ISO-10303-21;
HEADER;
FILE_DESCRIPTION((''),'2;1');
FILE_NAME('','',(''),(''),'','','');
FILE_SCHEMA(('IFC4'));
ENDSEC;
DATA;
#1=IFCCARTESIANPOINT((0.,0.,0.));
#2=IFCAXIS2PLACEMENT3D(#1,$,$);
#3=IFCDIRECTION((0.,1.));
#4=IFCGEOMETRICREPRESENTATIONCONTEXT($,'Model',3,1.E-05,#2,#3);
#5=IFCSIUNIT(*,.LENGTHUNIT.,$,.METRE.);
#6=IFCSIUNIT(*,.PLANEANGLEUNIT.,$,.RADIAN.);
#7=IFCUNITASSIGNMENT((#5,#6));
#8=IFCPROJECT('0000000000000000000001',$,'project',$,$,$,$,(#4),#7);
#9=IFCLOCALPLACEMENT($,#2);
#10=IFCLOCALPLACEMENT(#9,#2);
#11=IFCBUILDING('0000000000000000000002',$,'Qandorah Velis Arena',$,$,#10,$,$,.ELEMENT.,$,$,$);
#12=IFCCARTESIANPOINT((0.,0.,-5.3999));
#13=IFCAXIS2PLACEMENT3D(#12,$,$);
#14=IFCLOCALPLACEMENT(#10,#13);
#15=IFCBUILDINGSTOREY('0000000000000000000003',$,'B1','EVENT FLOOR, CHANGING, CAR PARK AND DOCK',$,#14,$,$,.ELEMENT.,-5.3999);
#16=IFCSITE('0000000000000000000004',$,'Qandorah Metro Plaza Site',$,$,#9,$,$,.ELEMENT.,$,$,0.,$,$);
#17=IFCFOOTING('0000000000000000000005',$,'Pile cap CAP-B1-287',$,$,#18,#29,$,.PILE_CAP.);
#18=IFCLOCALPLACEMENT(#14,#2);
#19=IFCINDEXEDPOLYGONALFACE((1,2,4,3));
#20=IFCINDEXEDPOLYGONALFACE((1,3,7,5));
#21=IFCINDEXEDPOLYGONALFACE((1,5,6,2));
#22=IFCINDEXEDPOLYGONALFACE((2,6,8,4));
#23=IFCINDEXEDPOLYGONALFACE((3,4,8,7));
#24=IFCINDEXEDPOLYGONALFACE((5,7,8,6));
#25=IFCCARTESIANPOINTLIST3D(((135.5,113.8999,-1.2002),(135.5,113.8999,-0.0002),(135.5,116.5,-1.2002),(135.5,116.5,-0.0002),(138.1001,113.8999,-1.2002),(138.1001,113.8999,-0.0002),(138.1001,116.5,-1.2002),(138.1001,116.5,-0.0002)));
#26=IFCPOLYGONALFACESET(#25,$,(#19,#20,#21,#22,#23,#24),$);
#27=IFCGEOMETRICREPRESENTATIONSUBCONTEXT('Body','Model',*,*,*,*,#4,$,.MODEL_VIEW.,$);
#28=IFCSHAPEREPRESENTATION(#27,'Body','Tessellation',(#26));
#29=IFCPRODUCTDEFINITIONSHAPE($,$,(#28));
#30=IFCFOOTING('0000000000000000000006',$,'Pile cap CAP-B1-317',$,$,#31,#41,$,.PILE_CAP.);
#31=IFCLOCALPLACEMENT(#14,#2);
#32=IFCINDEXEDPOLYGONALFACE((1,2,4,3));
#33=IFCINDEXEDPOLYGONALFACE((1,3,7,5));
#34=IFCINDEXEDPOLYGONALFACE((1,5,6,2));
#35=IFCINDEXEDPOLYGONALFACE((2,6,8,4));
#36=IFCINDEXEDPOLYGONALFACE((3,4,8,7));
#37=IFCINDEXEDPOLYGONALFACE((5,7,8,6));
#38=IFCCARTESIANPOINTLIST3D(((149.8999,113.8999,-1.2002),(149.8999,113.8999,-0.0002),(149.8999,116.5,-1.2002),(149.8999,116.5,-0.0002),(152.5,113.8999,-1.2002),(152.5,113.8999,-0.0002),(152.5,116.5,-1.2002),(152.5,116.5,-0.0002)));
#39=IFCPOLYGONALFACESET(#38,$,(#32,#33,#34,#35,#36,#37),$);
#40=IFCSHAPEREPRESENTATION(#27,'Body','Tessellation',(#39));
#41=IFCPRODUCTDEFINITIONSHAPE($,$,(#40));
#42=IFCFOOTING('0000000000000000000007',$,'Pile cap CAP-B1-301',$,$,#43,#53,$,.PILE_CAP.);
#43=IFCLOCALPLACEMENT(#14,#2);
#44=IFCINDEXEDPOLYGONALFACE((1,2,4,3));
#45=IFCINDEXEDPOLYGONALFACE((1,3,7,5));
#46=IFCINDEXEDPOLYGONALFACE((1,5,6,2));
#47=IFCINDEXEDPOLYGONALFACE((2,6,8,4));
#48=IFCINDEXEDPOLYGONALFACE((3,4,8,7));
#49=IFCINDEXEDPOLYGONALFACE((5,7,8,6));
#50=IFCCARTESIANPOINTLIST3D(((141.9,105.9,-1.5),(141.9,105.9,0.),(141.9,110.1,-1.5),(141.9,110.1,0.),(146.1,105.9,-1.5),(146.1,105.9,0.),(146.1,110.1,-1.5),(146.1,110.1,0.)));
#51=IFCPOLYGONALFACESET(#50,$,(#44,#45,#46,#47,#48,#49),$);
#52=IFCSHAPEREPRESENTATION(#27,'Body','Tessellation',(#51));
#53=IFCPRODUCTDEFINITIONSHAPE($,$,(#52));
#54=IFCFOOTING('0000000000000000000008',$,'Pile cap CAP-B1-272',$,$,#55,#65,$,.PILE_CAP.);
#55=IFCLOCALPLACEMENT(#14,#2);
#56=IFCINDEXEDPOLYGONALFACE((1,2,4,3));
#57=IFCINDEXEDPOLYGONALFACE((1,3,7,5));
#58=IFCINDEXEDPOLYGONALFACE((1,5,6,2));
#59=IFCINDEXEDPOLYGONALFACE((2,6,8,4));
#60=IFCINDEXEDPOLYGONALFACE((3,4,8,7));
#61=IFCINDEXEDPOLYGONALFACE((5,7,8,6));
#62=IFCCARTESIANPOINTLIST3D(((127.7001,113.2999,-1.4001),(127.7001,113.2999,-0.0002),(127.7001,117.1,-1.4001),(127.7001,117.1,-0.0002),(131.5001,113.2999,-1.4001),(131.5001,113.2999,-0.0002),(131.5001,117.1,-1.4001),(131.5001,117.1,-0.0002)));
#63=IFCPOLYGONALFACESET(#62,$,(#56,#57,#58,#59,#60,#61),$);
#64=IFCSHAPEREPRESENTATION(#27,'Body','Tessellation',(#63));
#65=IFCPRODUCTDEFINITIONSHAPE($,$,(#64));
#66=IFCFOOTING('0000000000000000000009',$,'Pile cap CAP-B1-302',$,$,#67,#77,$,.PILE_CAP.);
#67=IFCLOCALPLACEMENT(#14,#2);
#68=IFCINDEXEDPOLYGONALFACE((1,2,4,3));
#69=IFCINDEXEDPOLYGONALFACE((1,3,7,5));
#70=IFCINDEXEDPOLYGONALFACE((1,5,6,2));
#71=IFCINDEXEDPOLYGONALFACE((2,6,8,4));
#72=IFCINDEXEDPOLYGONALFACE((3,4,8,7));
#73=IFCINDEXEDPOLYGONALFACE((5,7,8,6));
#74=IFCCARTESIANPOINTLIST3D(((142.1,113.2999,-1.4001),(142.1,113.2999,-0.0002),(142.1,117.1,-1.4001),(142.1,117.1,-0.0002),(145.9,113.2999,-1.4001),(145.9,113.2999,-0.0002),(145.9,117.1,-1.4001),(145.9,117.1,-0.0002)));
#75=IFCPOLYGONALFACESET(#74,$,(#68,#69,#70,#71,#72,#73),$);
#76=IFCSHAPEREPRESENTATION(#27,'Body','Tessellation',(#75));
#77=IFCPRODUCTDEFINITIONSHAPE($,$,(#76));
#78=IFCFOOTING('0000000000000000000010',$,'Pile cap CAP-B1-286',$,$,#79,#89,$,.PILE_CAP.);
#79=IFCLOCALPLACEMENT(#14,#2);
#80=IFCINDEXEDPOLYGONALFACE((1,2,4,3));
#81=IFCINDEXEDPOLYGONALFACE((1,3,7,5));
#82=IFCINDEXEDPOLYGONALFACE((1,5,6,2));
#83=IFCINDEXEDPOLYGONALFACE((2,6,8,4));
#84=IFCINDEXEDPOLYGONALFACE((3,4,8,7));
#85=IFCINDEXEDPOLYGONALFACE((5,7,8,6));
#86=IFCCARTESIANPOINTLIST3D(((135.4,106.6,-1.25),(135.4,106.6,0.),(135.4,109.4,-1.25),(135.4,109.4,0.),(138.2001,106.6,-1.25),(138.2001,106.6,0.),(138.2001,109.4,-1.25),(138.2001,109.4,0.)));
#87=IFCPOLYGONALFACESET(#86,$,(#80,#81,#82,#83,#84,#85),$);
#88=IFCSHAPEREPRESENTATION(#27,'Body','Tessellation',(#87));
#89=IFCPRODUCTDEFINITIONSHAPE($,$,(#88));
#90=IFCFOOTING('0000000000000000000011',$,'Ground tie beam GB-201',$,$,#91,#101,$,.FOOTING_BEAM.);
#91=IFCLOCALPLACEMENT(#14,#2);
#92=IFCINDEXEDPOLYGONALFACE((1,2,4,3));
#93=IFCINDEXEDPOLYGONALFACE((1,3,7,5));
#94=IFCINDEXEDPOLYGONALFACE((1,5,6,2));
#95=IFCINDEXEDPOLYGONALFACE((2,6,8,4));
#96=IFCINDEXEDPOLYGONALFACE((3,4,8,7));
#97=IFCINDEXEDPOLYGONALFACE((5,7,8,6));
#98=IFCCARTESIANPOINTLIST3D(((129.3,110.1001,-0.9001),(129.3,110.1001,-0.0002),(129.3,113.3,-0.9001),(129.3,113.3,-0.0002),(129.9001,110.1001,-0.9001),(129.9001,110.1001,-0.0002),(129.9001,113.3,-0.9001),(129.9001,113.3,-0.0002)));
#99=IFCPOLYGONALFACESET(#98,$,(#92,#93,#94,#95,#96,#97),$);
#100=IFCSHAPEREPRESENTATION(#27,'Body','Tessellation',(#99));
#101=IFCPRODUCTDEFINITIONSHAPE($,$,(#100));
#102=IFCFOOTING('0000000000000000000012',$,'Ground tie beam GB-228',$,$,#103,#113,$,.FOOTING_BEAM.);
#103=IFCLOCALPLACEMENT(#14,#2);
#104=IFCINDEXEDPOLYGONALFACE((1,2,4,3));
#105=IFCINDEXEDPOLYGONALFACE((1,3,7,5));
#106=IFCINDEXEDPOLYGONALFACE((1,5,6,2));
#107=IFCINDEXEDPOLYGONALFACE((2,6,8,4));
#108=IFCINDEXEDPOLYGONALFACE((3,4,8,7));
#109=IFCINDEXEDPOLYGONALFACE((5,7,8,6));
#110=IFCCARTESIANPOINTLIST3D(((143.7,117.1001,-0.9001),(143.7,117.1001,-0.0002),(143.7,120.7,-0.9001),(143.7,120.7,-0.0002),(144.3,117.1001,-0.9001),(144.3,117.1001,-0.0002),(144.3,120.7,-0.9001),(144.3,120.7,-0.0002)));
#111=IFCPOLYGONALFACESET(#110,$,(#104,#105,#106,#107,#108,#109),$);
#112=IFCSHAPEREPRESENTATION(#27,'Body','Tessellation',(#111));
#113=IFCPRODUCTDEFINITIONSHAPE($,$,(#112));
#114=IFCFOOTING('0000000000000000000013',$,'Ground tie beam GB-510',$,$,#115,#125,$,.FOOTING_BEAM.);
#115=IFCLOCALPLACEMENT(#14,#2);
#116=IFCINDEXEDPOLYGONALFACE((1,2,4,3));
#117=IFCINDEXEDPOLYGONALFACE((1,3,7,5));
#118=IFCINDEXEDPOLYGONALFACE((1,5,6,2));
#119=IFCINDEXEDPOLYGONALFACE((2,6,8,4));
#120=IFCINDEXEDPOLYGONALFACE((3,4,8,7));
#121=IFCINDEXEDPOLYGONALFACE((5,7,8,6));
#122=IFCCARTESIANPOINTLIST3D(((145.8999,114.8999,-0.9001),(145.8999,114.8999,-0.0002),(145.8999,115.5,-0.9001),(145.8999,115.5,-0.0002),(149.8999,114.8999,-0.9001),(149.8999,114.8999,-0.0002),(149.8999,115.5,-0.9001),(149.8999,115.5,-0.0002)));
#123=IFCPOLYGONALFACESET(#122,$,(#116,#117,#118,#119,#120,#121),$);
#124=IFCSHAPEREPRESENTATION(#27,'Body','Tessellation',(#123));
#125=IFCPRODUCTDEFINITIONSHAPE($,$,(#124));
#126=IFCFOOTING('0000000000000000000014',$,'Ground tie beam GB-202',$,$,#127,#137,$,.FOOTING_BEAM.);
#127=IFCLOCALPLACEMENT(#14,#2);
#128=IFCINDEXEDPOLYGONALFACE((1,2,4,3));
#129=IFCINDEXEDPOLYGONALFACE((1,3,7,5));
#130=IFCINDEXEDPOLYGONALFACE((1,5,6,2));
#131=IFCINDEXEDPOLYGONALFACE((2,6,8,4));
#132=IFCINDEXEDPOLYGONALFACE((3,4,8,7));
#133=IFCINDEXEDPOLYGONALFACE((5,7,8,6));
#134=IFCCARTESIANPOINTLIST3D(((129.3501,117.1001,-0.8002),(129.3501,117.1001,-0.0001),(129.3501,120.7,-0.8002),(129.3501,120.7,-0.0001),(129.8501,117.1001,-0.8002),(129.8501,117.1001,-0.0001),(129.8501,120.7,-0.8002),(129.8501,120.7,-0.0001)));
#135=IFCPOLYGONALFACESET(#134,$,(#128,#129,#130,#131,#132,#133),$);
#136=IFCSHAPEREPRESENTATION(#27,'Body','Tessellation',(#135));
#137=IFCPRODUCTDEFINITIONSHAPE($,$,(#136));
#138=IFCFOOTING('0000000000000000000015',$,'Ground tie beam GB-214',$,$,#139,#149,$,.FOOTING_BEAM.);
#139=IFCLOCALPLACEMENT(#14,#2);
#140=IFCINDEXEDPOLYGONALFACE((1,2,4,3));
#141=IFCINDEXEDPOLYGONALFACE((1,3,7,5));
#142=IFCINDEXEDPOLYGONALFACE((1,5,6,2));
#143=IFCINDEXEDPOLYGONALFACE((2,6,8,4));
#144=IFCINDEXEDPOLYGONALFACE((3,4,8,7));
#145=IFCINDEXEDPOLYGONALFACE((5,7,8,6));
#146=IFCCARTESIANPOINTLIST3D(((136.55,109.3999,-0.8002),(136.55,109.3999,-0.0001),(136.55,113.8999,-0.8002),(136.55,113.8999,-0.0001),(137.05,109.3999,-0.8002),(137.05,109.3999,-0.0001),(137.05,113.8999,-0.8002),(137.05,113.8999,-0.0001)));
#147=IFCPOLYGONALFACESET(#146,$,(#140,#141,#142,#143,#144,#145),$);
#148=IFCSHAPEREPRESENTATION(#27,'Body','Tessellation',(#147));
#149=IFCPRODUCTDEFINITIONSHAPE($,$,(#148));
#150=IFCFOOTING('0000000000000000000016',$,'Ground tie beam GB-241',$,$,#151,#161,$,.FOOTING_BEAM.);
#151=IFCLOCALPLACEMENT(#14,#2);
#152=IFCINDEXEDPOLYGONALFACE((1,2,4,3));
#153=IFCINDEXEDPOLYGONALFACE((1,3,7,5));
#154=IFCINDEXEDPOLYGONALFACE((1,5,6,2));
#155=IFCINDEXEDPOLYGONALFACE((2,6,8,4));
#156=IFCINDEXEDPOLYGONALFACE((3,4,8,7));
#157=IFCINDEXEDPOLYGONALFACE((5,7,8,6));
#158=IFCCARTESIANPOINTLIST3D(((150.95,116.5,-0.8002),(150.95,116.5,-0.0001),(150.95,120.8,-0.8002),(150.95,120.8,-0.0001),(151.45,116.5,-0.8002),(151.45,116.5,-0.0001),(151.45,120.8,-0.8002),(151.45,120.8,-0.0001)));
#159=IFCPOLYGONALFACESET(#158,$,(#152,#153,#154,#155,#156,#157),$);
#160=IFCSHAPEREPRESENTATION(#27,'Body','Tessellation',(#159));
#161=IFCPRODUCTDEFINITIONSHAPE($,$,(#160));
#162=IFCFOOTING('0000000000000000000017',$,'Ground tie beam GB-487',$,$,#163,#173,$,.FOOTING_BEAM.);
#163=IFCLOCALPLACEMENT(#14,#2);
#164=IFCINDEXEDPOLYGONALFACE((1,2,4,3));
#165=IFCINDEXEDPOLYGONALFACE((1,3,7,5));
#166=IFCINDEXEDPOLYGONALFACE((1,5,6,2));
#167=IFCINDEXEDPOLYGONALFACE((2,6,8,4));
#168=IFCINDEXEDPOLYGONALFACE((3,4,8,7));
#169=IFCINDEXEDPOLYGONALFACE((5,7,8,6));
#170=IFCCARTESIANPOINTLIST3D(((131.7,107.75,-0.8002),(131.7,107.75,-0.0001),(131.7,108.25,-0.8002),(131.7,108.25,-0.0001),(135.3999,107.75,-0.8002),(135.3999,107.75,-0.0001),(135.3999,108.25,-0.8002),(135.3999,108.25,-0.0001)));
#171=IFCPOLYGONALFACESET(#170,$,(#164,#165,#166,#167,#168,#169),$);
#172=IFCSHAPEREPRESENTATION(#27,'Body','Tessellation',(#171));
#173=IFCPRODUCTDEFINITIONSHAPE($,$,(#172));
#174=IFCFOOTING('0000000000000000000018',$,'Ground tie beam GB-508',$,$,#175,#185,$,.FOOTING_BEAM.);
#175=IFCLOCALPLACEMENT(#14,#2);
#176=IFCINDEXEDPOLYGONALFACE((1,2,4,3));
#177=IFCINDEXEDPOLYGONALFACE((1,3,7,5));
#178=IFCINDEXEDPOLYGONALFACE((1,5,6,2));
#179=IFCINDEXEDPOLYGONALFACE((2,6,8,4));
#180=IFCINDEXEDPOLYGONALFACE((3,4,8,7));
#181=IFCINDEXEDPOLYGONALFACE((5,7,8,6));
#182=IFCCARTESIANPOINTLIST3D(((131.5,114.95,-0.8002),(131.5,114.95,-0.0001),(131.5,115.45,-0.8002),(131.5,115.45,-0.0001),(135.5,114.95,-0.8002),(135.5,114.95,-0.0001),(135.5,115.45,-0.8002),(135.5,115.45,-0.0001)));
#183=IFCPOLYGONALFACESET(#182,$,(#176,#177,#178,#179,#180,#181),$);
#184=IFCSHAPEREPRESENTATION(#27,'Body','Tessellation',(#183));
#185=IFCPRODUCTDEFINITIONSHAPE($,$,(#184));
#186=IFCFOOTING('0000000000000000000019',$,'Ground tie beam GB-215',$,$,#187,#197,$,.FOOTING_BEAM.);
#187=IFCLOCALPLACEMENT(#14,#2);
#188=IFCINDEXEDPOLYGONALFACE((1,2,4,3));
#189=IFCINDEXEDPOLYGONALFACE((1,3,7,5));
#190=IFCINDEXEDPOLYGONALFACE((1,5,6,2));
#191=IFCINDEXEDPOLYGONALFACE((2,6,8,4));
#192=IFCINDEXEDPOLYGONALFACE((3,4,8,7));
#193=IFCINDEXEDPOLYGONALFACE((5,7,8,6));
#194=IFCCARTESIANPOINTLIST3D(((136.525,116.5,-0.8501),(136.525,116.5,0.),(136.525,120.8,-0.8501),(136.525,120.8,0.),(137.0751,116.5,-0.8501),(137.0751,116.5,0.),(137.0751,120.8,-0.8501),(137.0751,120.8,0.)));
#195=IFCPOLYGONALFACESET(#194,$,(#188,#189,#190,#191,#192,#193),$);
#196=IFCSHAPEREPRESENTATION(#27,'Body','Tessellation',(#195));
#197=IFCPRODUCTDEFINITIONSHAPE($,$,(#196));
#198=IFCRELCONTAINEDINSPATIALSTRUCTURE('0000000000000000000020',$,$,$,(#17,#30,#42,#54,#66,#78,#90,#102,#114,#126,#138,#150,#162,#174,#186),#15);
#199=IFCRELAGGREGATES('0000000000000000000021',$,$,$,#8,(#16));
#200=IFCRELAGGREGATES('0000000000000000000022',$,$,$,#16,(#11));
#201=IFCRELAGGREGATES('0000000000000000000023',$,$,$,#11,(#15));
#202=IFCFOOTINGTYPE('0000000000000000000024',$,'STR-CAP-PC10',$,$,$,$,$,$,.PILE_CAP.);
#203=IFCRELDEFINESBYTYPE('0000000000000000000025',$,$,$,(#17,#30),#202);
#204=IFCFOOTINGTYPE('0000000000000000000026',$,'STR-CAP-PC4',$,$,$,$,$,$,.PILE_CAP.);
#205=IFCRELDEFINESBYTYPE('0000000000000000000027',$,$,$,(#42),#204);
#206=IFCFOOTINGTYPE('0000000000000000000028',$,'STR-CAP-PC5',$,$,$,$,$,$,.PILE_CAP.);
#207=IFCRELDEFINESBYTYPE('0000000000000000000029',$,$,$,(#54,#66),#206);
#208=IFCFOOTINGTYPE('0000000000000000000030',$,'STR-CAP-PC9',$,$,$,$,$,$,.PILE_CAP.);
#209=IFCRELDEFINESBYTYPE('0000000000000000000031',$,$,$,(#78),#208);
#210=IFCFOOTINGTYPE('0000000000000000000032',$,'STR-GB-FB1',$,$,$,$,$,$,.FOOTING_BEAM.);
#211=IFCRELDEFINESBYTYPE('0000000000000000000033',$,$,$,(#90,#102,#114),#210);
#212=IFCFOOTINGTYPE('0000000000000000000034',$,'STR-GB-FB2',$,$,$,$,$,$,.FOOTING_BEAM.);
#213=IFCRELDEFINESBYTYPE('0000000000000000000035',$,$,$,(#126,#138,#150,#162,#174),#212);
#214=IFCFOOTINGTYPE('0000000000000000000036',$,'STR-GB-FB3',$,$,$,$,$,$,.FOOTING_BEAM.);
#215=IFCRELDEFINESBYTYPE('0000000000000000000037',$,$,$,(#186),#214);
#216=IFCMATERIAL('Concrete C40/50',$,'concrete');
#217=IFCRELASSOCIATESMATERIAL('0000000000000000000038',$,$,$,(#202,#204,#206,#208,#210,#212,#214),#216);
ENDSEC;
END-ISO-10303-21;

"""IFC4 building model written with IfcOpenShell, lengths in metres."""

from ifc_helpers import new_model, si_unit, direction, frame, origin, origin_2d, place, context, subcontext, project, spatial, rectangle, extrude, material, material_profile, profile_set, type_object, element, save


model = new_model("IFC4")

# Units and contexts
model_context = context("Model", 3, precision=1e-05, world=origin(), true_north=direction((0.0, 1.0)))
body_context = subcontext(model_context, "Body", "Model", "MODEL_VIEW")
ifc_project = project(units=[si_unit("LENGTHUNIT", "METRE"), si_unit("PLANEANGLEUNIT", "RADIAN")], contexts=[model_context])

# Site, building, storey
site_placement = place(None, origin())
site = spatial("IfcSite", under=ifc_project, at=site_placement, Name="Qandorah Metro Plaza Site", CompositionType="ELEMENT", RefElevation=0.0)
building_placement = place(site_placement, origin())
building = spatial("IfcBuilding", under=site, at=building_placement, Name="Qandorah Velis Arena", CompositionType="ELEMENT")
storey_placement = place(building_placement, frame((0.0, 0.0, -5.3999)))
storey = spatial("IfcBuildingStorey", under=building, at=storey_placement, Name="B1", Description="EVENT FLOOR, CHANGING, CAR PARK AND DOCK", CompositionType="ELEMENT", Elevation=-5.3999)

# Footings
ifc_material_1 = material(Name="Concrete C40/50", Category="concrete")
footing_type_1 = type_object("IfcFootingType", Name="STR-CAP-PC10", PredefinedType="PILE_CAP", material=ifc_material_1)
for number, where, z_axis, x_axis, name in (
    (1, (136.8, 115.2, -1.2002), (0.0, 0.0, 1.0), (1.0, 0.0, 0.0), "Pile cap CAP-B1-287"),
    (2, (151.2, 115.2, -1.2002), (0.0, 0.0, 1.0), (1.0, 0.0, 0.0), "Pile cap CAP-B1-317"),
):
    element("IfcFooting", number, at=place(storey_placement, frame(where, z_axis=z_axis, x_axis=x_axis)), inside=storey, type_object=footing_type_1, Name=name, PredefinedType="PILE_CAP", context=body_context, shape_type="SweptSolid", body=[
        extrude(rectangle(XDim=2.6001, YDim=2.6001, at=origin_2d()), origin(), (0.0, 0.0, 1.0), 1.2),
    ])
footing_type_2 = type_object("IfcFootingType", Name="STR-CAP-PC4", PredefinedType="PILE_CAP", material=ifc_material_1)
footing_1_placement = place(storey_placement, frame((144.0, 108.0, -1.5), z_axis=(0.0, 0.0, 1.0), x_axis=(1.0, 0.0, 0.0)))
element("IfcFooting", 3, at=footing_1_placement, inside=storey, type_object=footing_type_2, Name="Pile cap CAP-B1-301", PredefinedType="PILE_CAP", context=body_context, shape_type="SweptSolid", body=[
    extrude(rectangle(XDim=4.2, YDim=4.2, at=origin_2d()), origin(), (0.0, 0.0, 1.0), 1.5),
])
footing_type_3 = type_object("IfcFootingType", Name="STR-CAP-PC5", PredefinedType="PILE_CAP", material=ifc_material_1)
for number, where, z_axis, x_axis, name in (
    (4, (129.6001, 115.2, -1.4001), (0.0, 0.0, 1.0), (1.0, 0.0, 0.0), "Pile cap CAP-B1-272"),
    (5, (144.0, 115.2, -1.4001), (0.0, 0.0, 1.0), (1.0, 0.0, 0.0), "Pile cap CAP-B1-302"),
):
    element("IfcFooting", number, at=place(storey_placement, frame(where, z_axis=z_axis, x_axis=x_axis)), inside=storey, type_object=footing_type_3, Name=name, PredefinedType="PILE_CAP", context=body_context, shape_type="SweptSolid", body=[
        extrude(rectangle(XDim=3.8, YDim=3.8, at=origin_2d()), origin(), (0.0, 0.0, 1.0), 1.3999),
    ])
footing_type_4 = type_object("IfcFootingType", Name="STR-CAP-PC9", PredefinedType="PILE_CAP", material=ifc_material_1)
footing_2_placement = place(storey_placement, frame((136.8, 108.0, -1.25), z_axis=(0.0, 0.0, 1.0), x_axis=(1.0, 0.0, 0.0)))
element("IfcFooting", 6, at=footing_2_placement, inside=storey, type_object=footing_type_4, Name="Pile cap CAP-B1-286", PredefinedType="PILE_CAP", context=body_context, shape_type="SweptSolid", body=[
    extrude(rectangle(XDim=2.8, YDim=2.8, at=origin_2d()), origin(), (0.0, 0.0, 1.0), 1.25),
])
ifc_material_profile_1 = material_profile(ifc_material_1, rectangle(XDim=0.6001, YDim=0.8999, at=origin_2d()), Name="GB1 600x900")
ifc_profile_set_1 = profile_set([ifc_material_profile_1], Name="Concrete C40/50")
footing_type_5 = type_object("IfcFootingType", Name="STR-GB-FB1", PredefinedType="FOOTING_BEAM", material=ifc_profile_set_1)
footing_3_placement = place(storey_placement, frame((129.6001, 110.1001, -0.4502), z_axis=(0.0, 1.0, 0.0), x_axis=(-1.0, 0.0, 0.0)))
element("IfcFooting", 7, at=footing_3_placement, inside=storey, type_object=footing_type_5, Name="Ground tie beam GB-201", PredefinedType="FOOTING_BEAM", context=body_context, shape_type="SweptSolid", body=[
    extrude(rectangle(XDim=0.6001, YDim=0.8999, at=origin_2d()), origin(), (0.0, 0.0, 1.0), 3.2),
])
footing_4_placement = place(storey_placement, frame((144.0, 117.1001, -0.4502), z_axis=(0.0, 1.0, 0.0), x_axis=(-1.0, 0.0, 0.0)))
element("IfcFooting", 8, at=footing_4_placement, inside=storey, type_object=footing_type_5, Name="Ground tie beam GB-228", PredefinedType="FOOTING_BEAM", context=body_context, shape_type="SweptSolid", body=[
    extrude(rectangle(XDim=0.6001, YDim=0.8999, at=origin_2d()), origin(), (0.0, 0.0, 1.0), 3.5999),
])
footing_5_placement = place(storey_placement, frame((145.8999, 115.2, -0.4502), z_axis=(1.0, 0.0, 0.0), x_axis=(0.0, 1.0, 0.0)))
element("IfcFooting", 9, at=footing_5_placement, inside=storey, type_object=footing_type_5, Name="Ground tie beam GB-510", PredefinedType="FOOTING_BEAM", context=body_context, shape_type="SweptSolid", body=[
    extrude(rectangle(XDim=0.6001, YDim=0.8999, at=origin_2d()), origin(), (0.0, 0.0, 1.0), 4.0),
])
ifc_material_profile_2 = material_profile(ifc_material_1, rectangle(XDim=0.5, YDim=0.8, at=origin_2d()), Name="GB2 500x800")
ifc_profile_set_2 = profile_set([ifc_material_profile_2], Name="Concrete C40/50")
footing_type_6 = type_object("IfcFootingType", Name="STR-GB-FB2", PredefinedType="FOOTING_BEAM", material=ifc_profile_set_2)
footing_6_placement = place(storey_placement, frame((129.6001, 117.1001, -0.4001), z_axis=(0.0, 1.0, 0.0), x_axis=(-1.0, 0.0, 0.0)))
element("IfcFooting", 10, at=footing_6_placement, inside=storey, type_object=footing_type_6, Name="Ground tie beam GB-202", PredefinedType="FOOTING_BEAM", context=body_context, shape_type="SweptSolid", body=[
    extrude(rectangle(XDim=0.5, YDim=0.8, at=origin_2d()), origin(), (0.0, 0.0, 1.0), 3.5999),
])
footing_7_placement = place(storey_placement, frame((136.8, 109.3999, -0.4001), z_axis=(0.0, 1.0, 0.0), x_axis=(-1.0, 0.0, 0.0)))
element("IfcFooting", 11, at=footing_7_placement, inside=storey, type_object=footing_type_6, Name="Ground tie beam GB-214", PredefinedType="FOOTING_BEAM", context=body_context, shape_type="SweptSolid", body=[
    extrude(rectangle(XDim=0.5, YDim=0.8, at=origin_2d()), origin(), (0.0, 0.0, 1.0), 4.5),
])
footing_8_placement = place(storey_placement, frame((151.2, 116.5, -0.4001), z_axis=(0.0, 1.0, 0.0), x_axis=(-1.0, 0.0, 0.0)))
element("IfcFooting", 12, at=footing_8_placement, inside=storey, type_object=footing_type_6, Name="Ground tie beam GB-241", PredefinedType="FOOTING_BEAM", context=body_context, shape_type="SweptSolid", body=[
    extrude(rectangle(XDim=0.5, YDim=0.8, at=origin_2d()), origin(), (0.0, 0.0, 1.0), 4.3),
])
footing_9_placement = place(storey_placement, frame((131.7, 108.0, -0.4001), z_axis=(1.0, 0.0, 0.0), x_axis=(0.0, 1.0, 0.0)))
element("IfcFooting", 13, at=footing_9_placement, inside=storey, type_object=footing_type_6, Name="Ground tie beam GB-487", PredefinedType="FOOTING_BEAM", context=body_context, shape_type="SweptSolid", body=[
    extrude(rectangle(XDim=0.5, YDim=0.8, at=origin_2d()), origin(), (0.0, 0.0, 1.0), 3.7),
])
footing_10_placement = place(storey_placement, frame((131.5, 115.2, -0.4001), z_axis=(1.0, 0.0, 0.0), x_axis=(0.0, 1.0, 0.0)))
element("IfcFooting", 14, at=footing_10_placement, inside=storey, type_object=footing_type_6, Name="Ground tie beam GB-508", PredefinedType="FOOTING_BEAM", context=body_context, shape_type="SweptSolid", body=[
    extrude(rectangle(XDim=0.5, YDim=0.8, at=origin_2d()), origin(), (0.0, 0.0, 1.0), 4.0),
])
ifc_material_profile_3 = material_profile(ifc_material_1, rectangle(XDim=0.55, YDim=0.8501, at=origin_2d()), Name="GB3 550x850")
ifc_profile_set_3 = profile_set([ifc_material_profile_3], Name="Concrete C40/50")
footing_type_7 = type_object("IfcFootingType", Name="STR-GB-FB3", PredefinedType="FOOTING_BEAM", material=ifc_profile_set_3)
footing_11_placement = place(storey_placement, frame((136.8, 116.5, -0.425), z_axis=(0.0, 1.0, 0.0), x_axis=(-1.0, 0.0, 0.0)))
element("IfcFooting", 15, at=footing_11_placement, inside=storey, type_object=footing_type_7, Name="Ground tie beam GB-215", PredefinedType="FOOTING_BEAM", context=body_context, shape_type="SweptSolid", body=[
    extrude(rectangle(XDim=0.55, YDim=0.8501, at=origin_2d()), origin(), (0.0, 0.0, 1.0), 4.3),
])

save(model, "model.ifc")
